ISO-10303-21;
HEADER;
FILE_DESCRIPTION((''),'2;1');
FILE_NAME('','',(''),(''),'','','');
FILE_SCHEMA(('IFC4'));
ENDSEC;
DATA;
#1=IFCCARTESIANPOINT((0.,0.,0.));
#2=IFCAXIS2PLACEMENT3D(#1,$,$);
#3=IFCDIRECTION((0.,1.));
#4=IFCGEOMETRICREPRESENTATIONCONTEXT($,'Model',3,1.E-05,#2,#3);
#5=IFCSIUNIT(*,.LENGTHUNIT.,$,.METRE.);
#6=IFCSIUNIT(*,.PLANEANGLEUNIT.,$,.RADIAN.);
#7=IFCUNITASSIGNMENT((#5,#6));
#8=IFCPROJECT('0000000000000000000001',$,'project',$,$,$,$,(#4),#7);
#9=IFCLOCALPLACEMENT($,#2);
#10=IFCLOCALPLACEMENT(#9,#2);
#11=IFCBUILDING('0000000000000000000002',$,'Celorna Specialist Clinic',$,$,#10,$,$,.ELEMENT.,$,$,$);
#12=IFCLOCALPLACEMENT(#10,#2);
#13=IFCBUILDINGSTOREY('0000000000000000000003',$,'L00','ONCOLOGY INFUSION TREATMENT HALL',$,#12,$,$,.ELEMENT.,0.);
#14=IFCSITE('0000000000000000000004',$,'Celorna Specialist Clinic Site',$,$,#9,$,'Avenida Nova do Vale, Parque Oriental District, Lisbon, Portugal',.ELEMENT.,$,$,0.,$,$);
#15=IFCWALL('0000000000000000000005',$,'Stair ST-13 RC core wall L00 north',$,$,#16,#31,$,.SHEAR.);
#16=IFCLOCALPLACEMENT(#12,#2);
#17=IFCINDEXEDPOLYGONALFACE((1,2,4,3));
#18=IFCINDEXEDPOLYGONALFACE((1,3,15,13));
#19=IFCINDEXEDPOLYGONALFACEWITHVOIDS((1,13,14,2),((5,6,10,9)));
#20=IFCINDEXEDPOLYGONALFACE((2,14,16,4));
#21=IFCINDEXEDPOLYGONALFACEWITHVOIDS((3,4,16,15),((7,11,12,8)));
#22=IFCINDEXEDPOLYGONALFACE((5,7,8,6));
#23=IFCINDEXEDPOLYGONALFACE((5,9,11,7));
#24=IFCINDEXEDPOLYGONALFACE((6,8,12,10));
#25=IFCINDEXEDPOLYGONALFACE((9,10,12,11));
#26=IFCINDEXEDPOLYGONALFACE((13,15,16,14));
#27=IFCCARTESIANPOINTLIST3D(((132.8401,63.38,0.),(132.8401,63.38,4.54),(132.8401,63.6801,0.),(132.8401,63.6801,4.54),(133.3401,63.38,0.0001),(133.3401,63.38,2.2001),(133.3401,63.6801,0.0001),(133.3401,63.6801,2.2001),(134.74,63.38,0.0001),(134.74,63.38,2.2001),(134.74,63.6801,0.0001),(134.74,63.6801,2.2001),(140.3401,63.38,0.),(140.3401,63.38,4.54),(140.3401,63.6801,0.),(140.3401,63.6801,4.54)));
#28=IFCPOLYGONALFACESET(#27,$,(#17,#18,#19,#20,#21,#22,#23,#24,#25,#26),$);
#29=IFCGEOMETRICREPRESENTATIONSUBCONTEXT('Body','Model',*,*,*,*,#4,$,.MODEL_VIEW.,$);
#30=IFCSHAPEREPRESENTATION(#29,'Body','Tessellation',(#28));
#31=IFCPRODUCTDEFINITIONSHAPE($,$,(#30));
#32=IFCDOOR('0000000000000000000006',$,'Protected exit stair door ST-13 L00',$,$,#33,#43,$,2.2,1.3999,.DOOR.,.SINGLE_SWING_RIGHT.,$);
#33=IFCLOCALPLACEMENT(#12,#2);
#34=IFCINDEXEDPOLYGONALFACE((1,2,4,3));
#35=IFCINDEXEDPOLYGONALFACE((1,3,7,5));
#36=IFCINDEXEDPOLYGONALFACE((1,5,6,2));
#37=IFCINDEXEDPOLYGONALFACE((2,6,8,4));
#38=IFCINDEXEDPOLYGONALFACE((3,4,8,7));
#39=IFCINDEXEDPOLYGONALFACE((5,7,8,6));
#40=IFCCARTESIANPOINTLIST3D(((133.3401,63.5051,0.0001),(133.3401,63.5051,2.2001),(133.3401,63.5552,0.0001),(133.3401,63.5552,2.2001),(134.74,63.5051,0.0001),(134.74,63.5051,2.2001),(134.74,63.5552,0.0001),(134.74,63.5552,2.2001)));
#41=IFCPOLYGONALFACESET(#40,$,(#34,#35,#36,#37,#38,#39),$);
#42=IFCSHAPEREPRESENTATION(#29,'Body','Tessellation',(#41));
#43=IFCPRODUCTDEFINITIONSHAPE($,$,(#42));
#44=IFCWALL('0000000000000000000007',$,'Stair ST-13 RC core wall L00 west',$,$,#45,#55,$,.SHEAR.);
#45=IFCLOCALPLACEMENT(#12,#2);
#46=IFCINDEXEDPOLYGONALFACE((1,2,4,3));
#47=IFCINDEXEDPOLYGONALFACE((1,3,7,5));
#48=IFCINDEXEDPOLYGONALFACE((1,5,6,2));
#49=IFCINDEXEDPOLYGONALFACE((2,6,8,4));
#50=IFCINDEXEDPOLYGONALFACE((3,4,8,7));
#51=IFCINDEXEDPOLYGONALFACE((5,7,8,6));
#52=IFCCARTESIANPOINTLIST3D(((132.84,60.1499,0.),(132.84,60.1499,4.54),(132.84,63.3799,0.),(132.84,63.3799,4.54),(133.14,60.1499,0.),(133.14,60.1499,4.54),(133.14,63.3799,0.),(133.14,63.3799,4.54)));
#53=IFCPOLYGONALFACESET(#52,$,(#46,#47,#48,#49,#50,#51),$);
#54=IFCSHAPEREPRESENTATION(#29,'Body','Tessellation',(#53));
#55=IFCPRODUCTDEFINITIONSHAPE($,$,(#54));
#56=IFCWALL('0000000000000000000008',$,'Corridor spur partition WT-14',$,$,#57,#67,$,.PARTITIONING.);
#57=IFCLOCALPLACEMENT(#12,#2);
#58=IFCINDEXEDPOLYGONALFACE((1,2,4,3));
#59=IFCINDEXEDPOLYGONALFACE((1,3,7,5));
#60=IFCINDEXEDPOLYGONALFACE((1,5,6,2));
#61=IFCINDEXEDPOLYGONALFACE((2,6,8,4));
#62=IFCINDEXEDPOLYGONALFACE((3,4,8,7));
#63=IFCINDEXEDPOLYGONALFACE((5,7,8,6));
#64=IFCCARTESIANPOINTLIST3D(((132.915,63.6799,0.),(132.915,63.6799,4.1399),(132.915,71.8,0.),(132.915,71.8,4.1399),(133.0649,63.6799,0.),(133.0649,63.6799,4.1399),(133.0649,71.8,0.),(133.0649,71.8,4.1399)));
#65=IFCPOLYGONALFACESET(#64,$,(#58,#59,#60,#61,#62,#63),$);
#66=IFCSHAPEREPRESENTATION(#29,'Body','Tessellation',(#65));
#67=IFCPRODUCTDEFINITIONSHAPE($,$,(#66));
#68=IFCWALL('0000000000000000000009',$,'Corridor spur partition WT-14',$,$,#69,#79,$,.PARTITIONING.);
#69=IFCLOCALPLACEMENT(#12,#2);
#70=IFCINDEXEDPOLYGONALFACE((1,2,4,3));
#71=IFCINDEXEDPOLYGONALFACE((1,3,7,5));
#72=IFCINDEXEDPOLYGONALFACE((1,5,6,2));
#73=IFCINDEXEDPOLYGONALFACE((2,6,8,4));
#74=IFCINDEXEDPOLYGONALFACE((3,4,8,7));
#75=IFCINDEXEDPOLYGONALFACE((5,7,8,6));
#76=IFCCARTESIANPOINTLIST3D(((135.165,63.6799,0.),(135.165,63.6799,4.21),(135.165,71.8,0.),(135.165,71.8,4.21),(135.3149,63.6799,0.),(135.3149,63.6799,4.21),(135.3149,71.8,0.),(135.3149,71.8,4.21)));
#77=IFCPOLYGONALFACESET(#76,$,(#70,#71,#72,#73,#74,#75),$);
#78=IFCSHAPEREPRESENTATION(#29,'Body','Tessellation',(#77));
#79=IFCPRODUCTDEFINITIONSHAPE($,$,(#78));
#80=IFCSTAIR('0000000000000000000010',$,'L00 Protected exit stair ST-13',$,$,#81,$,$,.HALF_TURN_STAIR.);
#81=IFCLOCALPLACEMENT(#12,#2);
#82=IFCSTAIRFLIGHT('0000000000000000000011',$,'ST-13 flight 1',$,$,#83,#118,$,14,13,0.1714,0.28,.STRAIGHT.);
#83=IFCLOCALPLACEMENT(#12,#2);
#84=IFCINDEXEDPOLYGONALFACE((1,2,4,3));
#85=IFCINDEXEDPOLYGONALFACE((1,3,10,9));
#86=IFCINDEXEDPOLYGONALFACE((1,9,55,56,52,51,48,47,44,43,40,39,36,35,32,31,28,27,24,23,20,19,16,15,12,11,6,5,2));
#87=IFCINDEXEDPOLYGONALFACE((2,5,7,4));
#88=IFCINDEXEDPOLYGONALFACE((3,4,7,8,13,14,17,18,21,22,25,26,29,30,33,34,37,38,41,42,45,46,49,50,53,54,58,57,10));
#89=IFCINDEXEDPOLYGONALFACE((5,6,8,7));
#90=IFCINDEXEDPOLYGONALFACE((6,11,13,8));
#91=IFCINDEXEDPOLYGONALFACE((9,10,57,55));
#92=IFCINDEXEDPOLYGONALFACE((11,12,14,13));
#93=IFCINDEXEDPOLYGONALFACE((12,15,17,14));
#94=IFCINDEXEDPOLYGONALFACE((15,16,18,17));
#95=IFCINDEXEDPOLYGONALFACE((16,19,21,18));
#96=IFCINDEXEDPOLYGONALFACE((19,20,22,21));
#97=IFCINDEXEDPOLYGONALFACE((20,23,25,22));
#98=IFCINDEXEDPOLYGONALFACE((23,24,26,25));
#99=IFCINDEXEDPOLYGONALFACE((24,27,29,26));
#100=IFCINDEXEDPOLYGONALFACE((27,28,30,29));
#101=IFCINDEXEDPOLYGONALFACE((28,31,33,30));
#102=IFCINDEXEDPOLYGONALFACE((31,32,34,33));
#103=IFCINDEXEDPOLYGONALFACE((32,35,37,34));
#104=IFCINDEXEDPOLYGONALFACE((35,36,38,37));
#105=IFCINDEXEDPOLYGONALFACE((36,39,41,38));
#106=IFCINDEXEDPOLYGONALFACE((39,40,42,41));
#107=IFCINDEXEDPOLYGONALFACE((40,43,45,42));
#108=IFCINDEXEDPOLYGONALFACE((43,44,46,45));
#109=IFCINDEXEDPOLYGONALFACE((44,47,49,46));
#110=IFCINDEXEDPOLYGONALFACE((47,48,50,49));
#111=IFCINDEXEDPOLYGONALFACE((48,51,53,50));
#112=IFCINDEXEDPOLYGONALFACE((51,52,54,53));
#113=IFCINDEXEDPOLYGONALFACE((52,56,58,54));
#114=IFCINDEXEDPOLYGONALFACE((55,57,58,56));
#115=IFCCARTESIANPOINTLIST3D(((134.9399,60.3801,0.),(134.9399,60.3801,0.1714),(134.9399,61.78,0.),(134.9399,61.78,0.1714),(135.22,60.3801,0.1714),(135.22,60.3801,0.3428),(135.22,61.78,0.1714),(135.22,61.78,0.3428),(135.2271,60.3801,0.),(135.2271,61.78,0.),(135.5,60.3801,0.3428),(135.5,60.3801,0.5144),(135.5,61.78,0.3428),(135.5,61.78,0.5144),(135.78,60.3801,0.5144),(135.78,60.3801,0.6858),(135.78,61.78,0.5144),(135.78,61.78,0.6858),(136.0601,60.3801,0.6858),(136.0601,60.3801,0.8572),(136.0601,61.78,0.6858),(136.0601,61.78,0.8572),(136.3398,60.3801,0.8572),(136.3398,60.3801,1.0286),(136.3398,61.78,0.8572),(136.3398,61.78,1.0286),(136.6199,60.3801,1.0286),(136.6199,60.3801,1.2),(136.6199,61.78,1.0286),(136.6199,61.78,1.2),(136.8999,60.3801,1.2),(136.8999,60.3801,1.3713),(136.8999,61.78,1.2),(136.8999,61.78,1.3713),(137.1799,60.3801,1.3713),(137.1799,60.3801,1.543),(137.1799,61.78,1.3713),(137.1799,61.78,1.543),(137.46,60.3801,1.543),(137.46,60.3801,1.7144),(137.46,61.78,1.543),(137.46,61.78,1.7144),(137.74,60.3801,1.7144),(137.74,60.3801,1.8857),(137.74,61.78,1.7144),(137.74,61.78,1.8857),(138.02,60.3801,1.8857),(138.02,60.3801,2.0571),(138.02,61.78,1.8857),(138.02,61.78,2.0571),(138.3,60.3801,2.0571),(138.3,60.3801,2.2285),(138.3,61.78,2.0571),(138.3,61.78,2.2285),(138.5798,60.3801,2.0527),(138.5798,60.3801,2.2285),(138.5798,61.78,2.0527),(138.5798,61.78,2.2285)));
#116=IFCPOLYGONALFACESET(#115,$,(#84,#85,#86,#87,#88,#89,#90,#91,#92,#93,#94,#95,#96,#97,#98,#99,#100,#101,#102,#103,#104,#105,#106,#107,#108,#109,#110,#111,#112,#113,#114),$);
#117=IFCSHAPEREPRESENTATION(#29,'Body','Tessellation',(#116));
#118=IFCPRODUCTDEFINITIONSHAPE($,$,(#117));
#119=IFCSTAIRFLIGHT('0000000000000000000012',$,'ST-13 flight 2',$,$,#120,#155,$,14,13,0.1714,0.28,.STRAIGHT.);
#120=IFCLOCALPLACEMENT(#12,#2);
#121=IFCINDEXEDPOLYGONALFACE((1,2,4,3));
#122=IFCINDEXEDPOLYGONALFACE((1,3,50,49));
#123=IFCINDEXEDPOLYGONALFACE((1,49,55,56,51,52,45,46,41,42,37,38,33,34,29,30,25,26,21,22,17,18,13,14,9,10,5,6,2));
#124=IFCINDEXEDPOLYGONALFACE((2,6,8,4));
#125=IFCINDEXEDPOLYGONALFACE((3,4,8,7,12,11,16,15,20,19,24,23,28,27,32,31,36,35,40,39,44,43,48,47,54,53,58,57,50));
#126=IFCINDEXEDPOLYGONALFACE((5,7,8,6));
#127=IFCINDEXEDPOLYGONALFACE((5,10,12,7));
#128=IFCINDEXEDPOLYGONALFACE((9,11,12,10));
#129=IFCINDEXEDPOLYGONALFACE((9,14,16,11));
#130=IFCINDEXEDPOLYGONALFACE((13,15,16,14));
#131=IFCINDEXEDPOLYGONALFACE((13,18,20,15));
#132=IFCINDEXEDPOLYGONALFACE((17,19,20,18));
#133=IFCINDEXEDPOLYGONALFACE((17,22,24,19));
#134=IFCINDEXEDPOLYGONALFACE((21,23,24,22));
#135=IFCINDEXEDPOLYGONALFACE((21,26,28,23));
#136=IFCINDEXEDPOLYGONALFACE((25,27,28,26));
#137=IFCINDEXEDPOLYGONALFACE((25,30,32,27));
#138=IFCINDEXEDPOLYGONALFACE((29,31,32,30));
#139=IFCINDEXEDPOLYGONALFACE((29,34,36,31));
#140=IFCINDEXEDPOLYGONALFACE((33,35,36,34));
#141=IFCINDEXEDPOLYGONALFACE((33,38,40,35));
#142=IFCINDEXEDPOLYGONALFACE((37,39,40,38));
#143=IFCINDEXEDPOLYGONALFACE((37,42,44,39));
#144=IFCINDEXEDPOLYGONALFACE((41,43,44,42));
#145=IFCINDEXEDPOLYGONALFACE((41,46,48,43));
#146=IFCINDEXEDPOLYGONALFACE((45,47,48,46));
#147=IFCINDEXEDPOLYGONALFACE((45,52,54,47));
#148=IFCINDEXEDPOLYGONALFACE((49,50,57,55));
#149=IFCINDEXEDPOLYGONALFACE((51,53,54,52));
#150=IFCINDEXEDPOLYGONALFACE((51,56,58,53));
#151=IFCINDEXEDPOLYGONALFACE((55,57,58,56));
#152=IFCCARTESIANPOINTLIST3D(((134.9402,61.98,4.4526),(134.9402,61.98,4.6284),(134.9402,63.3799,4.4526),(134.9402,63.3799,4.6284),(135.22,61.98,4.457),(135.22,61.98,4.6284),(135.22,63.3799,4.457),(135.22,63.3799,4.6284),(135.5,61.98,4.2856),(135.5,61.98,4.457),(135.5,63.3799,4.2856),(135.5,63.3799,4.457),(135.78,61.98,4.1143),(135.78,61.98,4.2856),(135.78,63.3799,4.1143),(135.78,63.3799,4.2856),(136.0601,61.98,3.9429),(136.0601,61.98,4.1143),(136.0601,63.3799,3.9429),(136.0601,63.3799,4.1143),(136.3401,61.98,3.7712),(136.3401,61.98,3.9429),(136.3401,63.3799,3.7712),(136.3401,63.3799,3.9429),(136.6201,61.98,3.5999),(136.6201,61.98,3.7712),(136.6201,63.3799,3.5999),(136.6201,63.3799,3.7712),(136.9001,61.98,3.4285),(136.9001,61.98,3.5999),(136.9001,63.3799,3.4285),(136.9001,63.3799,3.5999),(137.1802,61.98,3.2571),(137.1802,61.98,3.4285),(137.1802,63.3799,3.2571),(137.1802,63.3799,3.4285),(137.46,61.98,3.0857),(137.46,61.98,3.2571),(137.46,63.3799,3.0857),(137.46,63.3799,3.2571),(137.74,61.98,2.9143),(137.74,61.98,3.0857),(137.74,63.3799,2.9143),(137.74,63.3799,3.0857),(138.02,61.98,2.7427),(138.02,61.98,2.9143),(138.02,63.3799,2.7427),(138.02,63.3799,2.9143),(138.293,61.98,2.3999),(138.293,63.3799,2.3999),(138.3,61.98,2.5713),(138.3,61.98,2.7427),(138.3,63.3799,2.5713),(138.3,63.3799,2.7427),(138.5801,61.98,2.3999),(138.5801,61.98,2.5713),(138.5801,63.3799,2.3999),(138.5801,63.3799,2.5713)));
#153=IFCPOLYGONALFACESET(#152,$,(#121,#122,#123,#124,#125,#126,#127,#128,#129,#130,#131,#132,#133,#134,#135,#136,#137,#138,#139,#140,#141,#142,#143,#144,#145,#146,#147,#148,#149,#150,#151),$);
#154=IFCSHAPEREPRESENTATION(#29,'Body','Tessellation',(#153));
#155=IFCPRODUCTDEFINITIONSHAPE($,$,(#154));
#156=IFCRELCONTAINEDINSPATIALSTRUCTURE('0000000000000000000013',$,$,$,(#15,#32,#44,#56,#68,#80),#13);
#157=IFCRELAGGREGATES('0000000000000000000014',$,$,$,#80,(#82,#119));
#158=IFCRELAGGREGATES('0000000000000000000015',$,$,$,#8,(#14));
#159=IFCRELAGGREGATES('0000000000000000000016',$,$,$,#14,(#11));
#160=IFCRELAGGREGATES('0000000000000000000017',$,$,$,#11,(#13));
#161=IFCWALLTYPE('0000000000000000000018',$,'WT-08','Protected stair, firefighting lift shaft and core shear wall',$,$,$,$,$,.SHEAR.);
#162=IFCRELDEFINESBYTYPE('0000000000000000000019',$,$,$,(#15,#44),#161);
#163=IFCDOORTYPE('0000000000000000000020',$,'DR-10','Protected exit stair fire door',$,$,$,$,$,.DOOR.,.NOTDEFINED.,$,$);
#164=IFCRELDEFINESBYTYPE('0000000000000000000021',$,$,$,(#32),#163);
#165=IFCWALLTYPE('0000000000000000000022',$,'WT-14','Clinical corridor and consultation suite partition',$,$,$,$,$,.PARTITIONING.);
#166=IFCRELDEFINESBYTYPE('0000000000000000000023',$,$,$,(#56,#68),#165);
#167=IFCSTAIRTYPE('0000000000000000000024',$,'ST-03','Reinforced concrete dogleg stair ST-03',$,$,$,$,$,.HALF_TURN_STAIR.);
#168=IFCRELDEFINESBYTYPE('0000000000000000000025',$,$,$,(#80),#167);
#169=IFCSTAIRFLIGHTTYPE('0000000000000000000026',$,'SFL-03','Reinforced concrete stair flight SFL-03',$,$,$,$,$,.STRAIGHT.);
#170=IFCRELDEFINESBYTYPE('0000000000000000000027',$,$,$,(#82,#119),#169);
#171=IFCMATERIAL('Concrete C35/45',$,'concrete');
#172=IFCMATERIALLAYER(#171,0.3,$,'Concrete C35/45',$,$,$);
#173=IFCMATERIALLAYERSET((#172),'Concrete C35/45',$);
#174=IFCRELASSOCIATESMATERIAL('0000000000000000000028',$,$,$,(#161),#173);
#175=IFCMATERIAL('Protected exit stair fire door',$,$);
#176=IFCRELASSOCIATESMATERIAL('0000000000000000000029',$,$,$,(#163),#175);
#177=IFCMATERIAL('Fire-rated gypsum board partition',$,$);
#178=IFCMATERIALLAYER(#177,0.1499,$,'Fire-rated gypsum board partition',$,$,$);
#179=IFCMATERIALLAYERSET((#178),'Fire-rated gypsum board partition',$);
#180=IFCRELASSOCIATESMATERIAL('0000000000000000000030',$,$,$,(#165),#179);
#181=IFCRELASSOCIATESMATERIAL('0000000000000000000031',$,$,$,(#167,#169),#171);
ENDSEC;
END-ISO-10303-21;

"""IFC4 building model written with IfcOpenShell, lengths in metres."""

from ifc_helpers import new_model, si_unit, direction, frame, frame_2d, origin, place, context, subcontext, project, spatial, polyline, rectangle, outline, extrude, material, layer, layer_set, type_object, element, fill, aggregate, save


model = new_model("IFC4")

# Units and contexts
model_context = context("Model", 3, precision=1e-05, world=origin(), true_north=direction((0.0, 1.0)))
body_context = subcontext(model_context, "Body", "Model", "MODEL_VIEW")
ifc_project = project(units=[si_unit("LENGTHUNIT", "METRE"), si_unit("PLANEANGLEUNIT", "RADIAN")], contexts=[model_context])

# Site, building, storey
site_placement = place(None, origin())
site = spatial("IfcSite", under=ifc_project, at=site_placement, Name="Celorna Specialist Clinic Site", LongName="Avenida Nova do Vale, Parque Oriental District, Lisbon, Portugal", CompositionType="ELEMENT", RefElevation=0.0)
building_placement = place(site_placement, origin())
building = spatial("IfcBuilding", under=site, at=building_placement, Name="Celorna Specialist Clinic", CompositionType="ELEMENT")
storey_placement = place(building_placement, origin())
storey = spatial("IfcBuildingStorey", under=building, at=storey_placement, Name="L00", Description="ONCOLOGY INFUSION TREATMENT HALL", CompositionType="ELEMENT", Elevation=0.0)

# Shared definitions
ifc_material_1 = material(Name="Concrete C35/45", Category="concrete")

# Wall, opening, door
ifc_layer_1 = layer(ifc_material_1, 0.3, Name="Concrete C35/45")
ifc_layer_set_1 = layer_set([ifc_layer_1], Name="Concrete C35/45")
wall_type_1 = type_object("IfcWallType", Name="WT-08", Description="Protected stair, firefighting lift shaft and core shear wall", PredefinedType="SHEAR", material=ifc_layer_set_1)
wall_1_placement = place(storey_placement, frame((140.3401, 63.53, 0.0), z_axis=(0.0, 0.0, 1.0), x_axis=(-1.0, 0.0, 0.0)))
wall_1 = element("IfcWall", 1, at=wall_1_placement, inside=storey, type_object=wall_type_1, Name="Stair ST-13 RC core wall L00 north", PredefinedType="SHEAR", context=body_context, shape_type="SweptSolid", body=[
    extrude(rectangle(XDim=7.5, YDim=0.3, at=frame_2d((3.75, 0.0))), origin(), (0.0, 0.0, 1.0), 4.54),
])
opening_placement = place(wall_1_placement, frame((5.6001, 0.0, 0.0)))
opening = element("IfcOpeningElement", 2, at=opening_placement, cuts=wall_1, PredefinedType="OPENING", context=body_context, shape_type="SweptSolid", body=[
    extrude(rectangle(XDim=1.3999, YDim=2.2, at=frame_2d((0.7, 1.1001))), frame((0.0, 0.1599, 0.0), z_axis=(0.0, -1.0, 0.0), x_axis=(1.0, 0.0, 0.0)), (0.0, 0.0, 1.0), 0.3201),
])
ifc_material_2 = material(Name="Protected exit stair fire door")
door_type = type_object("IfcDoorType", Name="DR-10", Description="Protected exit stair fire door", OperationType="NOTDEFINED", PredefinedType="DOOR", material=ifc_material_2)
door_placement = place(opening_placement, origin())
door = element("IfcDoor", 3, at=door_placement, inside=storey, type_object=door_type, Name="Protected exit stair door ST-13 L00", OperationType="SINGLE_SWING_RIGHT", OverallHeight=2.2, OverallWidth=1.3999, PredefinedType="DOOR", context=body_context, shape_type="SweptSolid", body=[
    extrude(rectangle(XDim=1.3999, YDim=2.2, at=frame_2d((0.7, 1.1001))), frame((0.0, 0.0249, 0.0), z_axis=(0.0, -1.0, 0.0), x_axis=(1.0, 0.0, 0.0)), (0.0, 0.0, 1.0), 0.05),
])
fill(opening, door)

# Walls
wall_2_placement = place(storey_placement, frame((132.99, 63.3799, 0.0), z_axis=(0.0, 0.0, 1.0), x_axis=(0.0, -1.0, 0.0)))
element("IfcWall", 4, at=wall_2_placement, inside=storey, type_object=wall_type_1, Name="Stair ST-13 RC core wall L00 west", PredefinedType="SHEAR", context=body_context, shape_type="SweptSolid", body=[
    extrude(rectangle(XDim=3.23, YDim=0.3, at=frame_2d((1.615, 0.0))), origin(), (0.0, 0.0, 1.0), 4.54),
])
ifc_material_3 = material(Name="Fire-rated gypsum board partition")
ifc_layer_2 = layer(ifc_material_3, 0.1499, Name="Fire-rated gypsum board partition")
ifc_layer_set_2 = layer_set([ifc_layer_2], Name="Fire-rated gypsum board partition")
wall_type_2 = type_object("IfcWallType", Name="WT-14", Description="Clinical corridor and consultation suite partition", PredefinedType="PARTITIONING", material=ifc_layer_set_2)
wall_3_placement = place(storey_placement, frame((132.99, 63.6799, 0.0), z_axis=(0.0, 0.0, 1.0), x_axis=(0.0, 1.0, 0.0)))
element("IfcWall", 5, at=wall_3_placement, inside=storey, type_object=wall_type_2, Name="Corridor spur partition WT-14", PredefinedType="PARTITIONING", context=body_context, shape_type="SweptSolid", body=[
    extrude(rectangle(XDim=8.1201, YDim=0.1499, at=frame_2d((4.0601, 0.0))), origin(), (0.0, 0.0, 1.0), 4.1399),
])
wall_4_placement = place(storey_placement, frame((135.24, 63.6799, 0.0), z_axis=(0.0, 0.0, 1.0), x_axis=(0.0, 1.0, 0.0)))
element("IfcWall", 6, at=wall_4_placement, inside=storey, type_object=wall_type_2, Name="Corridor spur partition WT-14", PredefinedType="PARTITIONING", context=body_context, shape_type="SweptSolid", body=[
    extrude(rectangle(XDim=8.1201, YDim=0.1499, at=frame_2d((4.0601, 0.0))), origin(), (0.0, 0.0, 1.0), 4.21),
])

# Stair, stair flights
stair_type = type_object("IfcStairType", Name="ST-03", Description="Reinforced concrete dogleg stair ST-03", PredefinedType="HALF_TURN_STAIR", material=ifc_material_1)
stair_placement = place(storey_placement, origin())
stair = element("IfcStair", 7, at=stair_placement, inside=storey, type_object=stair_type, Name="L00 Protected exit stair ST-13", PredefinedType="HALF_TURN_STAIR")
stair_flight_type = type_object("IfcStairFlightType", Name="SFL-03", Description="Reinforced concrete stair flight SFL-03", PredefinedType="STRAIGHT", material=ifc_material_1)
stair_flight_1_placement = place(storey_placement, frame((134.9399, 61.0801, 0.0), z_axis=(0.0, 0.0, 1.0), x_axis=(1.0, 0.0, 0.0)))
stair_flight_1 = element("IfcStairFlight", 8, at=stair_flight_1_placement, type_object=stair_flight_type, Name="ST-13 flight 1", NumberOfRisers=14, NumberOfTreads=13, PredefinedType="STRAIGHT", RiserHeight=0.1714, TreadLength=0.28, context=body_context, shape_type="SweptSolid", body=[
    extrude(outline(polyline([(0.0, 0.0), (0.0, 0.1714), (0.28, 0.1714), (0.28, 0.3428), (0.5601, 0.3428), (0.5601, 0.5144), (0.8401, 0.5144), (0.8401, 0.6858), (1.1201, 0.6858), (1.1201, 0.8572), (1.3999, 0.8572), (1.3999, 1.0286), (1.6799, 1.0286), (1.6799, 1.2), (1.96, 1.2), (1.96, 1.3713), (2.24, 1.3713), (2.24, 1.543), (2.52, 1.543), (2.52, 1.7144), (2.8, 1.7144), (2.8, 1.8857), (3.0801, 1.8857), (3.0801, 2.0571), (3.3601, 2.0571), (3.3601, 2.2285), (3.6399, 2.2285), (3.6399, 2.3999), (3.6399, 2.0527), (0.2871, 0.0), (0.0, 0.0)])), frame((0.0, 0.7, 0.0), z_axis=(0.0, -1.0, 0.0), x_axis=(1.0, 0.0, 0.0)), (0.0, 0.0, 1.0), 1.3999),
])
stair_flight_2_placement = place(storey_placement, frame((138.5801, 62.6799, 2.3999), z_axis=(0.0, 0.0, 1.0), x_axis=(-1.0, 0.0, 0.0)))
stair_flight_2 = element("IfcStairFlight", 9, at=stair_flight_2_placement, type_object=stair_flight_type, Name="ST-13 flight 2", NumberOfRisers=14, NumberOfTreads=13, PredefinedType="STRAIGHT", RiserHeight=0.1714, TreadLength=0.28, context=body_context, shape_type="SweptSolid", body=[
    extrude(outline(polyline([(0.0, 0.0), (0.0, 0.1714), (0.28, 0.1714), (0.28, 0.3428), (0.5601, 0.3428), (0.5601, 0.5144), (0.8401, 0.5144), (0.8401, 0.6858), (1.1201, 0.6858), (1.1201, 0.8572), (1.3999, 0.8572), (1.3999, 1.0286), (1.6799, 1.0286), (1.6799, 1.2), (1.96, 1.2), (1.96, 1.3713), (2.24, 1.3713), (2.24, 1.543), (2.52, 1.543), (2.52, 1.7144), (2.8, 1.7144), (2.8, 1.8857), (3.0801, 1.8857), (3.0801, 2.0571), (3.3601, 2.0571), (3.3601, 2.2285), (3.6399, 2.2285), (3.6399, 2.3999), (3.6399, 2.0527), (0.2871, 0.0), (0.0, 0.0)])), frame((0.0, 0.7, 0.0), z_axis=(0.0, -1.0, 0.0), x_axis=(1.0, 0.0, 0.0)), (0.0, 0.0, 1.0), 1.3999),
])
aggregate(stair, [stair_flight_1, stair_flight_2])

save(model, "model.ifc")
